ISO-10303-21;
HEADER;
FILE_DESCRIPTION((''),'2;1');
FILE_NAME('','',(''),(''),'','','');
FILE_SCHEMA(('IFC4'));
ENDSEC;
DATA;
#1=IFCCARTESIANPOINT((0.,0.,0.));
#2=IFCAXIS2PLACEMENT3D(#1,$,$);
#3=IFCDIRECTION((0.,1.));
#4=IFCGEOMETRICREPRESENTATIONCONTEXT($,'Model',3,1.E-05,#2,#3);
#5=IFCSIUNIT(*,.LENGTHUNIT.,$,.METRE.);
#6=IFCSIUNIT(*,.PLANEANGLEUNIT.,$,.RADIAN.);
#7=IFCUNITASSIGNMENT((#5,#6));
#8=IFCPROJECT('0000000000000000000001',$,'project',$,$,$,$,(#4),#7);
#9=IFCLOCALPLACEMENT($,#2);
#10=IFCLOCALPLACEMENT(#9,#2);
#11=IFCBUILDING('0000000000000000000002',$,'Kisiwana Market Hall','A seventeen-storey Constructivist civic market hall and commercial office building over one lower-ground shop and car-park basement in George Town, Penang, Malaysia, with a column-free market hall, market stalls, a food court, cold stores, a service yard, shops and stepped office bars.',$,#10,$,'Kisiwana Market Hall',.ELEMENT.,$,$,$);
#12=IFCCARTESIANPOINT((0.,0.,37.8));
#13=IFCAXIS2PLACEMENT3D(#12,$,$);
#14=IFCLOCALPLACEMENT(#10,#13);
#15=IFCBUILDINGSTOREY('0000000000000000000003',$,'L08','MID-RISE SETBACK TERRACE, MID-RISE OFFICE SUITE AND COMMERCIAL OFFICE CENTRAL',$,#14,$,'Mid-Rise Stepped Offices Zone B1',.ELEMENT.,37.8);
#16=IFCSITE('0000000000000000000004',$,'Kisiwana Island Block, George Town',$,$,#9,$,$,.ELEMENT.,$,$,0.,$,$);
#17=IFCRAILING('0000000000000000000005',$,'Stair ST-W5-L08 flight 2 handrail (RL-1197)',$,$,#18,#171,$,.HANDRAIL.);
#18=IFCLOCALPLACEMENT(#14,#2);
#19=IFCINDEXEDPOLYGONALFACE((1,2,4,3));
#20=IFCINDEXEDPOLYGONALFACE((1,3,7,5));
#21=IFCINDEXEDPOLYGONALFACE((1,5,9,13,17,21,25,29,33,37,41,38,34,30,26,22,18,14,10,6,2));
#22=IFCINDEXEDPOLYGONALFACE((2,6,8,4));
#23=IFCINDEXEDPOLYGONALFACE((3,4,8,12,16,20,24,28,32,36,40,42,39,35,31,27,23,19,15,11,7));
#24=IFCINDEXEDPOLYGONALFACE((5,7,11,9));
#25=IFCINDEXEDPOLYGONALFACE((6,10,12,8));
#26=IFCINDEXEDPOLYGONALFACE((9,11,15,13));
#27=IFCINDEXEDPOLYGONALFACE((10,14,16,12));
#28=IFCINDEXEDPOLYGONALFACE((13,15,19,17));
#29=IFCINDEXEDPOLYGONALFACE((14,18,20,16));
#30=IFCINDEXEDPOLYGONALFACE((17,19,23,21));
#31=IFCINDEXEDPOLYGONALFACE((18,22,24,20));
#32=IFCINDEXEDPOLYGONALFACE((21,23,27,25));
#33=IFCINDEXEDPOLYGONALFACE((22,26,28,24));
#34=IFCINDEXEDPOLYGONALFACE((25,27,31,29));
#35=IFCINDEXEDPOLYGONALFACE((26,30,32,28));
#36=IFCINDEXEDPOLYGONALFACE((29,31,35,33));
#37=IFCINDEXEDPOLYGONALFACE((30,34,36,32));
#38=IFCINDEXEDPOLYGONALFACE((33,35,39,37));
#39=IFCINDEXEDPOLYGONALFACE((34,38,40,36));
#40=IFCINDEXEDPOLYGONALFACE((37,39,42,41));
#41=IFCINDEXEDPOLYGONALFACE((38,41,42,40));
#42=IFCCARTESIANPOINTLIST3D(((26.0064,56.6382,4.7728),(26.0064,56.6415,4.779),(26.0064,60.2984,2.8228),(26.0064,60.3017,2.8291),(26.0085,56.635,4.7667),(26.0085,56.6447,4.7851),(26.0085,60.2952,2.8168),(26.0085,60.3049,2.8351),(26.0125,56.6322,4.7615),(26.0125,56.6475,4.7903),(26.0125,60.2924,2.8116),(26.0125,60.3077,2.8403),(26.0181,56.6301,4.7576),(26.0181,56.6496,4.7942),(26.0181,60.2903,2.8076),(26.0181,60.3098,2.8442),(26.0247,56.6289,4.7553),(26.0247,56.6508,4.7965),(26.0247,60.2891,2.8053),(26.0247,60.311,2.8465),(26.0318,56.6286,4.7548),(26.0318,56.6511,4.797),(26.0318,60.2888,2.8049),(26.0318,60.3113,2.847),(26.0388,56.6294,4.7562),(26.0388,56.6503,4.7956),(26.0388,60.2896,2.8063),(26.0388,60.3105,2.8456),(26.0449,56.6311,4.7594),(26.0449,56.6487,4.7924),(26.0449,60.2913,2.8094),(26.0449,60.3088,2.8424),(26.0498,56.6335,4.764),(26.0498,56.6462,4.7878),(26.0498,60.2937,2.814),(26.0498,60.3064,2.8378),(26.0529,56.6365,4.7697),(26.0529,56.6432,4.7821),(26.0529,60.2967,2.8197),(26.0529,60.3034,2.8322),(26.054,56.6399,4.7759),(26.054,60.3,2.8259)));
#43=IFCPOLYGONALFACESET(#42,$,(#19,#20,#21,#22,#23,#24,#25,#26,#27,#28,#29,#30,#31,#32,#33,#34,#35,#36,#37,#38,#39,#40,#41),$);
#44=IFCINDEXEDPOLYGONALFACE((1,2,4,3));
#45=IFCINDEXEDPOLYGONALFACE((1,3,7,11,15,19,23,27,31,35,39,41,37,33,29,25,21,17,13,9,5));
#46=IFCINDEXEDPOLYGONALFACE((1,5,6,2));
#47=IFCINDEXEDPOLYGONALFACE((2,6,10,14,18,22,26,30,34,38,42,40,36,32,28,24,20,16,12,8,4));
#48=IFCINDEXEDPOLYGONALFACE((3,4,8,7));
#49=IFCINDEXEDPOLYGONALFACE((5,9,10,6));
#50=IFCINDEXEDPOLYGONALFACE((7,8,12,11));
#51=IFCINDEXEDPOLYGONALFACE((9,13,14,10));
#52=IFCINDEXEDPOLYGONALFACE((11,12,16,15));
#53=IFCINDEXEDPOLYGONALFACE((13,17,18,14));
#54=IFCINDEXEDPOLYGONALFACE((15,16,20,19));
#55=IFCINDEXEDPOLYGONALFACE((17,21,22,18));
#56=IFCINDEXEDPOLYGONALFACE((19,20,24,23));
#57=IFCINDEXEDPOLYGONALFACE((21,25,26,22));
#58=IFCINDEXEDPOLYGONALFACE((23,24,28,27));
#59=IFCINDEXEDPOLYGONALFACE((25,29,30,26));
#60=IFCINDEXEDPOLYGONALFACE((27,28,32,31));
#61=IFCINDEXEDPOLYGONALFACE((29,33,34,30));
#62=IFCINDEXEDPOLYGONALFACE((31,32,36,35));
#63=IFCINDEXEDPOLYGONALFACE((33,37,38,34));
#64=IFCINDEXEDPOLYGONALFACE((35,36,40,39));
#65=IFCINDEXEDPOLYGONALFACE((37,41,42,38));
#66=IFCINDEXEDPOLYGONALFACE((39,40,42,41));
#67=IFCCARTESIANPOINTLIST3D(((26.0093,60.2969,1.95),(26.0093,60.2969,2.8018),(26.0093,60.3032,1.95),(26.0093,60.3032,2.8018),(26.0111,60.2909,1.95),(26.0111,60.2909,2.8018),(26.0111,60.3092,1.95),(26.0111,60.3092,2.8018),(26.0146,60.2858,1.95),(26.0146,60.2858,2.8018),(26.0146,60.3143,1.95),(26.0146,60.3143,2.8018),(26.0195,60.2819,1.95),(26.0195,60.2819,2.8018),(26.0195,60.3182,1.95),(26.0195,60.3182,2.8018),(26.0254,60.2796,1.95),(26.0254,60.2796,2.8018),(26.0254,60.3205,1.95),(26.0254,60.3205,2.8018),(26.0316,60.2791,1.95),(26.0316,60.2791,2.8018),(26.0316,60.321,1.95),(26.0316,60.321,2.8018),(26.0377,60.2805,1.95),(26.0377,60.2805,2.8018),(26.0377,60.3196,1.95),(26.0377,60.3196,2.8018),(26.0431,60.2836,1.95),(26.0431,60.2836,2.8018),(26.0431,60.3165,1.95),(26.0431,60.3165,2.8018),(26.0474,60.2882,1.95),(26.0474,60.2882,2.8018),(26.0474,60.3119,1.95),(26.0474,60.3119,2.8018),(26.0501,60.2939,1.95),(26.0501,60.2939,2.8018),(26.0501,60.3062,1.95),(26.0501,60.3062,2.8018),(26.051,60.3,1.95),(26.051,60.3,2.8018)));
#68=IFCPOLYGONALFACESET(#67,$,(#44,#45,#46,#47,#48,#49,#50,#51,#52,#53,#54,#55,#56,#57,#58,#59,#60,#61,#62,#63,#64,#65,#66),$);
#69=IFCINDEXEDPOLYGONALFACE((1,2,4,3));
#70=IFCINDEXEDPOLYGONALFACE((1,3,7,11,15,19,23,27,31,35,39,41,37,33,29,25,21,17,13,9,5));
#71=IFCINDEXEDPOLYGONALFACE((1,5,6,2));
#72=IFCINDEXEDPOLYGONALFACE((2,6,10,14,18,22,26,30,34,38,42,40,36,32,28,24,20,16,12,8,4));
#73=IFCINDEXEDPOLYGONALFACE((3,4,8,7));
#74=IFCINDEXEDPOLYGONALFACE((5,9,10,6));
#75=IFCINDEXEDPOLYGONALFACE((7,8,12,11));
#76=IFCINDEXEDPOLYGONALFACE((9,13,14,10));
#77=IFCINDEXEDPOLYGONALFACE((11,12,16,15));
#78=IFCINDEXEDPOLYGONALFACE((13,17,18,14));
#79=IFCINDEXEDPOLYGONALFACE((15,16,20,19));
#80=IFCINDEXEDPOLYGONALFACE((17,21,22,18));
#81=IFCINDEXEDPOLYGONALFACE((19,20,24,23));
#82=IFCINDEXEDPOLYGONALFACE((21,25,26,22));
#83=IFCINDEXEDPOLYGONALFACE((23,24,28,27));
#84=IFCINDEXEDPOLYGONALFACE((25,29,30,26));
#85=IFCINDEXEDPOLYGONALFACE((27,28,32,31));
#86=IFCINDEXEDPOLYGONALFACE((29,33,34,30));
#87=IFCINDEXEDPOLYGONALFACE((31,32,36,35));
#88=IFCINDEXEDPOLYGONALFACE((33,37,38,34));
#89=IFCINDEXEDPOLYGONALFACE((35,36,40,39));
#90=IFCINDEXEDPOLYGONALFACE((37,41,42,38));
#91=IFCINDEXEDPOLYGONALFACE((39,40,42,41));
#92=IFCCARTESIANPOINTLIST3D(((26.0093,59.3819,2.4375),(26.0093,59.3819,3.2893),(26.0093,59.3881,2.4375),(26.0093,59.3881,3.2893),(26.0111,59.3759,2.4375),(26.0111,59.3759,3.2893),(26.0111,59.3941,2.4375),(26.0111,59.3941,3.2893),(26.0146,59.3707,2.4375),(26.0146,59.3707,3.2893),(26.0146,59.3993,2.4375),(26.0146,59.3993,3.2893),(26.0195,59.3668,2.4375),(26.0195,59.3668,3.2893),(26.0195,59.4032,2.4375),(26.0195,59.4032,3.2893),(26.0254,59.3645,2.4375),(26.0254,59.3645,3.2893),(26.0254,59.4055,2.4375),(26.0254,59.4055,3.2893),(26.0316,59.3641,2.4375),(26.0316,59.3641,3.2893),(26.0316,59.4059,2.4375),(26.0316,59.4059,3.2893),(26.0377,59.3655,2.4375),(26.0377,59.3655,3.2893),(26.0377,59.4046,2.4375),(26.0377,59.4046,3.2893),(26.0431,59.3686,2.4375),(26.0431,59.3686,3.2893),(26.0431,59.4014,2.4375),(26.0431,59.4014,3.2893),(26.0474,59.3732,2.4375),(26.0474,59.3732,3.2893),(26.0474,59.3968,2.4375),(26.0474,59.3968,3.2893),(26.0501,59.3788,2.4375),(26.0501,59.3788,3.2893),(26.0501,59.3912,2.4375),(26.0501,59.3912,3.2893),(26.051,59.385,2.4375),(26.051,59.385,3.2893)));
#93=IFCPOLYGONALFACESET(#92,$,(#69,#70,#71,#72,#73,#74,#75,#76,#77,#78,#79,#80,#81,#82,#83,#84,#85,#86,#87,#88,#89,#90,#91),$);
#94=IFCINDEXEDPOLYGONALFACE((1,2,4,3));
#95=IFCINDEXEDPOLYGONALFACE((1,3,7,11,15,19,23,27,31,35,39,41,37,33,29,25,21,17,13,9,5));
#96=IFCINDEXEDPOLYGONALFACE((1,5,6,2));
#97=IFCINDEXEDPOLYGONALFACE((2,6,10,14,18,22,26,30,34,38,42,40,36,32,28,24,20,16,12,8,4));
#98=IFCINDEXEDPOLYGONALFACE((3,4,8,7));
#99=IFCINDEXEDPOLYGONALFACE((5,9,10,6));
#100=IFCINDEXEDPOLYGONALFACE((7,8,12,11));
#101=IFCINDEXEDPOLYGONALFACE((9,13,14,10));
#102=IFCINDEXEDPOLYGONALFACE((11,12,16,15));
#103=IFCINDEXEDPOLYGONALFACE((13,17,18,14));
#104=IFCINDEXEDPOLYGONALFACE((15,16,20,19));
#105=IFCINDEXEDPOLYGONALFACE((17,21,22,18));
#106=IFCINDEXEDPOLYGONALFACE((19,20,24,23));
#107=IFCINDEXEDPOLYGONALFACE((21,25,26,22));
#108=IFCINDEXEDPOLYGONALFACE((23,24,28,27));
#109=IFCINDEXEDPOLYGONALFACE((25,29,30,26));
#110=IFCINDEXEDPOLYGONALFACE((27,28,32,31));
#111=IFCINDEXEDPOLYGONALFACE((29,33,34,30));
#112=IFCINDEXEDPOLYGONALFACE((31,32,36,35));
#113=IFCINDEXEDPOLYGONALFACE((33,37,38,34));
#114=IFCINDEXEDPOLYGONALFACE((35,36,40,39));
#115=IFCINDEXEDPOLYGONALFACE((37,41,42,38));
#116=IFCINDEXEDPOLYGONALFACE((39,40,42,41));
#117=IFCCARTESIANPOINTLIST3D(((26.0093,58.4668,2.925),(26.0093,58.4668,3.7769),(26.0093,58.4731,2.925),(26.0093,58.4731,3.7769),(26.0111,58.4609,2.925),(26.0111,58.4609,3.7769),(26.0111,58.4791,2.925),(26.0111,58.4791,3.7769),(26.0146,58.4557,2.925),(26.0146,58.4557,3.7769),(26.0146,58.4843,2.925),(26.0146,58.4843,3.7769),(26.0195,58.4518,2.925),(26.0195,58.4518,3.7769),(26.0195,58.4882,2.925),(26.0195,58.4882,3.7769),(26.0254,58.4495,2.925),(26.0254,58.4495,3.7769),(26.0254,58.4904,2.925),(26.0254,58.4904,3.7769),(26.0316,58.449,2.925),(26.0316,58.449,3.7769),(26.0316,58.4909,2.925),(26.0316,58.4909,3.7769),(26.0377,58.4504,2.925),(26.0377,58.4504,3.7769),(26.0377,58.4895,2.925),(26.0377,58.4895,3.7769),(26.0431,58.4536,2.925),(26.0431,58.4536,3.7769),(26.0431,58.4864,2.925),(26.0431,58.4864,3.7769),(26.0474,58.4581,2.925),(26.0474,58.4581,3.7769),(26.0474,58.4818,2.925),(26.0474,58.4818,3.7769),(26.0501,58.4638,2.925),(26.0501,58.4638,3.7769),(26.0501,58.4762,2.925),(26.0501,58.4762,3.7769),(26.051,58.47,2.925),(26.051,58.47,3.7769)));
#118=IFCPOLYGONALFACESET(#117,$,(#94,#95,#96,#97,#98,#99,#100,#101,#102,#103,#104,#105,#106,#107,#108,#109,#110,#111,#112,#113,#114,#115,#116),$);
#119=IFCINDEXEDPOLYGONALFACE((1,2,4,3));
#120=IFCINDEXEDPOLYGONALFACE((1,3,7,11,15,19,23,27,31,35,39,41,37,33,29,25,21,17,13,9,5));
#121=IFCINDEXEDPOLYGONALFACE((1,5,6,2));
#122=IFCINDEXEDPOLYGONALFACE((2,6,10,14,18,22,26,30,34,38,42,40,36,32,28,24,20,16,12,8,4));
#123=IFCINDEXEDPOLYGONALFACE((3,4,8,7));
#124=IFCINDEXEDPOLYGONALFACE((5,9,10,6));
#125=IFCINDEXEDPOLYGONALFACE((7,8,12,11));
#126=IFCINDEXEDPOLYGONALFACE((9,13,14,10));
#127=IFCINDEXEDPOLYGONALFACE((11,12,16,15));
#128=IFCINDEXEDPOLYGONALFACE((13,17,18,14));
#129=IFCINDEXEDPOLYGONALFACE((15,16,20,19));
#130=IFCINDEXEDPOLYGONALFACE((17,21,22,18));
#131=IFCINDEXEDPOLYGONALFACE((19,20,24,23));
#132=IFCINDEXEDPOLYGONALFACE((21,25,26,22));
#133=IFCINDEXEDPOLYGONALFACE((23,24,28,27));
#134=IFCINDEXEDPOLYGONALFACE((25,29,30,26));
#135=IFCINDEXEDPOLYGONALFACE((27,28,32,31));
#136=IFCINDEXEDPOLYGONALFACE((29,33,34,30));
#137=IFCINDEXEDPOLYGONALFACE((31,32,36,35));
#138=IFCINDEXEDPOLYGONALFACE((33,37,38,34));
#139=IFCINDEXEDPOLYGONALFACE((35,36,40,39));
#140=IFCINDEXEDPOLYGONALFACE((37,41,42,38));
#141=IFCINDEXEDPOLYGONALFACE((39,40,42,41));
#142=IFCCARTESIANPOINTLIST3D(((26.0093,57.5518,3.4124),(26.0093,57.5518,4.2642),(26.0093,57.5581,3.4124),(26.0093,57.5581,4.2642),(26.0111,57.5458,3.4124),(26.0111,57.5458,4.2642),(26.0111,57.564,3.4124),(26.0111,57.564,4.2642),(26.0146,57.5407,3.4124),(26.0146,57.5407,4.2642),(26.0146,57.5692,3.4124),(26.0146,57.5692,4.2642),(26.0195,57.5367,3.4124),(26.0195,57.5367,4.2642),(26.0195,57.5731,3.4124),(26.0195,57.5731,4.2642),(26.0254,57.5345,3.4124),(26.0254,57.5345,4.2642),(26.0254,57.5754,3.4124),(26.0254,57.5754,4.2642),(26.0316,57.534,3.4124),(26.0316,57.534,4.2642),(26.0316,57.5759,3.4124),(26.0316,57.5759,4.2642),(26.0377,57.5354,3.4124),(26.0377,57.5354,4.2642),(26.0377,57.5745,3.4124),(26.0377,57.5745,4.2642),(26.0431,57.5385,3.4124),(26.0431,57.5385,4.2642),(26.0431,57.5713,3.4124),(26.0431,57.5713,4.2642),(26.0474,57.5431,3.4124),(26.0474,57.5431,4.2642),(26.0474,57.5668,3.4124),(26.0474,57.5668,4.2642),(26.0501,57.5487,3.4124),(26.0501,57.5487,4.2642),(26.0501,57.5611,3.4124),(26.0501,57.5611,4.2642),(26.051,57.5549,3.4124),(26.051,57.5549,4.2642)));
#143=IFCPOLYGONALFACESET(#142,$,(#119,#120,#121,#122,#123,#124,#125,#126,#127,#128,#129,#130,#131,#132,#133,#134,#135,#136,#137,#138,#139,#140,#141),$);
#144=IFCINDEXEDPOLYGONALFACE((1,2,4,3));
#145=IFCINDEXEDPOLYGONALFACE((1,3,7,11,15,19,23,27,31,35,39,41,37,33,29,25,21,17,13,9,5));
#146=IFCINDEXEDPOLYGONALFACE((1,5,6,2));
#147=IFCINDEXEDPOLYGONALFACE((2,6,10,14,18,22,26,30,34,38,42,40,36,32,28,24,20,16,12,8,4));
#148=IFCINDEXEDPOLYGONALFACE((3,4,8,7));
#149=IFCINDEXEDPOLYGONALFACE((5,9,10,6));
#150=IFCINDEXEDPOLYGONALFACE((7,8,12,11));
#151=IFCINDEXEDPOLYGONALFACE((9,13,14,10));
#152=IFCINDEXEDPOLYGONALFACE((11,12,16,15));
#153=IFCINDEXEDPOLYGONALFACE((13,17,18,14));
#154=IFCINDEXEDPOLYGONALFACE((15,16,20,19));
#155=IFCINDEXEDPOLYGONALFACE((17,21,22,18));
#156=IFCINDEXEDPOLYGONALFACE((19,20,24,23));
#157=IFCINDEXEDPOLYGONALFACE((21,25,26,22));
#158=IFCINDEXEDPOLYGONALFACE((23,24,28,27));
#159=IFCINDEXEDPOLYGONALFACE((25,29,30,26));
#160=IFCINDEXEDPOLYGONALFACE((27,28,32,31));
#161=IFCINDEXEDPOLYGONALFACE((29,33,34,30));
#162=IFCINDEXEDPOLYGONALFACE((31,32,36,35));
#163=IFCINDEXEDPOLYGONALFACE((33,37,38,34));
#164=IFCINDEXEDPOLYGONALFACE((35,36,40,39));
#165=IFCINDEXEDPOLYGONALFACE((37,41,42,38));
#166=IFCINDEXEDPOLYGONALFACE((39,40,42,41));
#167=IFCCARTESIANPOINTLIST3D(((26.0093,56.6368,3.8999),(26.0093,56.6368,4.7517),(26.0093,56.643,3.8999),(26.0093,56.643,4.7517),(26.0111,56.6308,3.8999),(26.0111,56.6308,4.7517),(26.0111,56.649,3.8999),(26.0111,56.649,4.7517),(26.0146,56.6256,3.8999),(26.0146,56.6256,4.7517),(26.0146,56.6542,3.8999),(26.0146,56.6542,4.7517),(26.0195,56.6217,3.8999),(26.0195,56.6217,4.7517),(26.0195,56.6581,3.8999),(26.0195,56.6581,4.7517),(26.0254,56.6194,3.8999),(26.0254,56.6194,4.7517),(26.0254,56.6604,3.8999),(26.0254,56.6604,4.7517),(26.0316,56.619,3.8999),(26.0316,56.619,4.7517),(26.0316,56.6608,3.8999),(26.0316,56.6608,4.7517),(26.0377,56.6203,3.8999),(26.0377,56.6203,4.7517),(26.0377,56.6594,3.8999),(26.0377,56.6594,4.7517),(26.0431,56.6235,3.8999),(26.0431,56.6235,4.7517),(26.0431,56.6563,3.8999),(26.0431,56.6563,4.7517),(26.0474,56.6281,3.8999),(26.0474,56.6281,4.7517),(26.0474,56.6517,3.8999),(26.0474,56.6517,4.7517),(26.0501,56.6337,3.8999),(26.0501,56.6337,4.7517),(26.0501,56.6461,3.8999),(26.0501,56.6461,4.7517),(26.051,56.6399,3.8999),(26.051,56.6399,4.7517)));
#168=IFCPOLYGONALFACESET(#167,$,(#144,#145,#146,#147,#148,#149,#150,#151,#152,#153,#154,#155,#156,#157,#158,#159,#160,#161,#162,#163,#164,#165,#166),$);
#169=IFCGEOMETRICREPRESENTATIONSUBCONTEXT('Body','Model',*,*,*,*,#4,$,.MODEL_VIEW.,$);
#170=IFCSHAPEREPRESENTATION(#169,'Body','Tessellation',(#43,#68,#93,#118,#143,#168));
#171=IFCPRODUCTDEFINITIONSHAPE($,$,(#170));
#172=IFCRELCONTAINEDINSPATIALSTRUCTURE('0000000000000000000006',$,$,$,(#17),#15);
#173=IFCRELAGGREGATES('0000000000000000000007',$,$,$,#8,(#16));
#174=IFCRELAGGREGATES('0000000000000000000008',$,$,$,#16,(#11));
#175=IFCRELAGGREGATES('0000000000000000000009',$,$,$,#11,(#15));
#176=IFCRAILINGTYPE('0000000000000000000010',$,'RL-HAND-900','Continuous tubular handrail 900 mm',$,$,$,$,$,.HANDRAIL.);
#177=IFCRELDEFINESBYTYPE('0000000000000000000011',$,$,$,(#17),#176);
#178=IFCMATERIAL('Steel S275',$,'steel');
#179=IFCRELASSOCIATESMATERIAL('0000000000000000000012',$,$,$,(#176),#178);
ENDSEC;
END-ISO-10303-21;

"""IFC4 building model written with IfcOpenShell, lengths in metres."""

from ifc_helpers import new_model, si_unit, direction, frame, origin, origin_2d, place, context, subcontext, project, spatial, circle, extrude, material, type_object, element, save


model = new_model("IFC4")

# Units and contexts
model_context = context("Model", 3, precision=1e-05, world=origin(), true_north=direction((0.0, 1.0)))
body_context = subcontext(model_context, "Body", "Model", "MODEL_VIEW")
ifc_project = project(units=[si_unit("LENGTHUNIT", "METRE"), si_unit("PLANEANGLEUNIT", "RADIAN")], contexts=[model_context])

# Site, building, storey
site_placement = place(None, origin())
site = spatial("IfcSite", under=ifc_project, at=site_placement, Name="Kisiwana Island Block, George Town", CompositionType="ELEMENT", RefElevation=0.0)
building_placement = place(site_placement, origin())
building = spatial("IfcBuilding", under=site, at=building_placement, Name="Kisiwana Market Hall", Description="A seventeen-storey Constructivist civic market hall and commercial office building over one lower-ground shop and car-park basement in George Town, Penang, Malaysia, with a column-free market hall, market stalls, a food court, cold stores, a service yard, shops and stepped office bars.", LongName="Kisiwana Market Hall", CompositionType="ELEMENT")
storey_placement = place(building_placement, frame((0.0, 0.0, 37.8)))
storey = spatial("IfcBuildingStorey", under=building, at=storey_placement, Name="L08", Description="MID-RISE SETBACK TERRACE, MID-RISE OFFICE SUITE AND COMMERCIAL OFFICE CENTRAL", LongName="Mid-Rise Stepped Offices Zone B1", CompositionType="ELEMENT", Elevation=37.8)

# Railing
ifc_material_1 = material(Name="Steel S275", Category="steel")
railing_type_1 = type_object("IfcRailingType", Name="RL-HAND-900", Description="Continuous tubular handrail 900 mm", PredefinedType="HANDRAIL", material=ifc_material_1)
railing_1_placement = place(storey_placement, frame((26.03, 60.3, 1.95)))
element("IfcRailing", 1, at=railing_1_placement, inside=storey, type_object=railing_type_1, Name="Stair ST-W5-L08 flight 2 handrail (RL-1197)", PredefinedType="HANDRAIL", context=body_context, shape_type="SweptSolid", body=[
    extrude(circle(Radius=0.0239, at=origin_2d()), frame((0.0, 0.0, 0.876), z_axis=(0.0, -0.882566, 0.470188), x_axis=(1.0, 0.0, 0.0)), (0.0, 0.0, 1.0), 4.1472),
    extrude(circle(Radius=0.021, at=origin_2d()), origin(), (0.0, 0.0, 1.0), 0.8518),
    extrude(circle(Radius=0.021, at=origin_2d()), frame((0.0, -0.915, 0.4875)), (0.0, 0.0, 1.0), 0.8518),
    extrude(circle(Radius=0.021, at=origin_2d()), frame((0.0, -1.8301, 0.9751)), (0.0, 0.0, 1.0), 0.8518),
    extrude(circle(Radius=0.021, at=origin_2d()), frame((0.0, -2.7451, 1.4624)), (0.0, 0.0, 1.0), 0.8518),
    extrude(circle(Radius=0.021, at=origin_2d()), frame((0.0, -3.6602, 1.95)), (0.0, 0.0, 1.0), 0.8518),
])

save(model, "model.ifc")
